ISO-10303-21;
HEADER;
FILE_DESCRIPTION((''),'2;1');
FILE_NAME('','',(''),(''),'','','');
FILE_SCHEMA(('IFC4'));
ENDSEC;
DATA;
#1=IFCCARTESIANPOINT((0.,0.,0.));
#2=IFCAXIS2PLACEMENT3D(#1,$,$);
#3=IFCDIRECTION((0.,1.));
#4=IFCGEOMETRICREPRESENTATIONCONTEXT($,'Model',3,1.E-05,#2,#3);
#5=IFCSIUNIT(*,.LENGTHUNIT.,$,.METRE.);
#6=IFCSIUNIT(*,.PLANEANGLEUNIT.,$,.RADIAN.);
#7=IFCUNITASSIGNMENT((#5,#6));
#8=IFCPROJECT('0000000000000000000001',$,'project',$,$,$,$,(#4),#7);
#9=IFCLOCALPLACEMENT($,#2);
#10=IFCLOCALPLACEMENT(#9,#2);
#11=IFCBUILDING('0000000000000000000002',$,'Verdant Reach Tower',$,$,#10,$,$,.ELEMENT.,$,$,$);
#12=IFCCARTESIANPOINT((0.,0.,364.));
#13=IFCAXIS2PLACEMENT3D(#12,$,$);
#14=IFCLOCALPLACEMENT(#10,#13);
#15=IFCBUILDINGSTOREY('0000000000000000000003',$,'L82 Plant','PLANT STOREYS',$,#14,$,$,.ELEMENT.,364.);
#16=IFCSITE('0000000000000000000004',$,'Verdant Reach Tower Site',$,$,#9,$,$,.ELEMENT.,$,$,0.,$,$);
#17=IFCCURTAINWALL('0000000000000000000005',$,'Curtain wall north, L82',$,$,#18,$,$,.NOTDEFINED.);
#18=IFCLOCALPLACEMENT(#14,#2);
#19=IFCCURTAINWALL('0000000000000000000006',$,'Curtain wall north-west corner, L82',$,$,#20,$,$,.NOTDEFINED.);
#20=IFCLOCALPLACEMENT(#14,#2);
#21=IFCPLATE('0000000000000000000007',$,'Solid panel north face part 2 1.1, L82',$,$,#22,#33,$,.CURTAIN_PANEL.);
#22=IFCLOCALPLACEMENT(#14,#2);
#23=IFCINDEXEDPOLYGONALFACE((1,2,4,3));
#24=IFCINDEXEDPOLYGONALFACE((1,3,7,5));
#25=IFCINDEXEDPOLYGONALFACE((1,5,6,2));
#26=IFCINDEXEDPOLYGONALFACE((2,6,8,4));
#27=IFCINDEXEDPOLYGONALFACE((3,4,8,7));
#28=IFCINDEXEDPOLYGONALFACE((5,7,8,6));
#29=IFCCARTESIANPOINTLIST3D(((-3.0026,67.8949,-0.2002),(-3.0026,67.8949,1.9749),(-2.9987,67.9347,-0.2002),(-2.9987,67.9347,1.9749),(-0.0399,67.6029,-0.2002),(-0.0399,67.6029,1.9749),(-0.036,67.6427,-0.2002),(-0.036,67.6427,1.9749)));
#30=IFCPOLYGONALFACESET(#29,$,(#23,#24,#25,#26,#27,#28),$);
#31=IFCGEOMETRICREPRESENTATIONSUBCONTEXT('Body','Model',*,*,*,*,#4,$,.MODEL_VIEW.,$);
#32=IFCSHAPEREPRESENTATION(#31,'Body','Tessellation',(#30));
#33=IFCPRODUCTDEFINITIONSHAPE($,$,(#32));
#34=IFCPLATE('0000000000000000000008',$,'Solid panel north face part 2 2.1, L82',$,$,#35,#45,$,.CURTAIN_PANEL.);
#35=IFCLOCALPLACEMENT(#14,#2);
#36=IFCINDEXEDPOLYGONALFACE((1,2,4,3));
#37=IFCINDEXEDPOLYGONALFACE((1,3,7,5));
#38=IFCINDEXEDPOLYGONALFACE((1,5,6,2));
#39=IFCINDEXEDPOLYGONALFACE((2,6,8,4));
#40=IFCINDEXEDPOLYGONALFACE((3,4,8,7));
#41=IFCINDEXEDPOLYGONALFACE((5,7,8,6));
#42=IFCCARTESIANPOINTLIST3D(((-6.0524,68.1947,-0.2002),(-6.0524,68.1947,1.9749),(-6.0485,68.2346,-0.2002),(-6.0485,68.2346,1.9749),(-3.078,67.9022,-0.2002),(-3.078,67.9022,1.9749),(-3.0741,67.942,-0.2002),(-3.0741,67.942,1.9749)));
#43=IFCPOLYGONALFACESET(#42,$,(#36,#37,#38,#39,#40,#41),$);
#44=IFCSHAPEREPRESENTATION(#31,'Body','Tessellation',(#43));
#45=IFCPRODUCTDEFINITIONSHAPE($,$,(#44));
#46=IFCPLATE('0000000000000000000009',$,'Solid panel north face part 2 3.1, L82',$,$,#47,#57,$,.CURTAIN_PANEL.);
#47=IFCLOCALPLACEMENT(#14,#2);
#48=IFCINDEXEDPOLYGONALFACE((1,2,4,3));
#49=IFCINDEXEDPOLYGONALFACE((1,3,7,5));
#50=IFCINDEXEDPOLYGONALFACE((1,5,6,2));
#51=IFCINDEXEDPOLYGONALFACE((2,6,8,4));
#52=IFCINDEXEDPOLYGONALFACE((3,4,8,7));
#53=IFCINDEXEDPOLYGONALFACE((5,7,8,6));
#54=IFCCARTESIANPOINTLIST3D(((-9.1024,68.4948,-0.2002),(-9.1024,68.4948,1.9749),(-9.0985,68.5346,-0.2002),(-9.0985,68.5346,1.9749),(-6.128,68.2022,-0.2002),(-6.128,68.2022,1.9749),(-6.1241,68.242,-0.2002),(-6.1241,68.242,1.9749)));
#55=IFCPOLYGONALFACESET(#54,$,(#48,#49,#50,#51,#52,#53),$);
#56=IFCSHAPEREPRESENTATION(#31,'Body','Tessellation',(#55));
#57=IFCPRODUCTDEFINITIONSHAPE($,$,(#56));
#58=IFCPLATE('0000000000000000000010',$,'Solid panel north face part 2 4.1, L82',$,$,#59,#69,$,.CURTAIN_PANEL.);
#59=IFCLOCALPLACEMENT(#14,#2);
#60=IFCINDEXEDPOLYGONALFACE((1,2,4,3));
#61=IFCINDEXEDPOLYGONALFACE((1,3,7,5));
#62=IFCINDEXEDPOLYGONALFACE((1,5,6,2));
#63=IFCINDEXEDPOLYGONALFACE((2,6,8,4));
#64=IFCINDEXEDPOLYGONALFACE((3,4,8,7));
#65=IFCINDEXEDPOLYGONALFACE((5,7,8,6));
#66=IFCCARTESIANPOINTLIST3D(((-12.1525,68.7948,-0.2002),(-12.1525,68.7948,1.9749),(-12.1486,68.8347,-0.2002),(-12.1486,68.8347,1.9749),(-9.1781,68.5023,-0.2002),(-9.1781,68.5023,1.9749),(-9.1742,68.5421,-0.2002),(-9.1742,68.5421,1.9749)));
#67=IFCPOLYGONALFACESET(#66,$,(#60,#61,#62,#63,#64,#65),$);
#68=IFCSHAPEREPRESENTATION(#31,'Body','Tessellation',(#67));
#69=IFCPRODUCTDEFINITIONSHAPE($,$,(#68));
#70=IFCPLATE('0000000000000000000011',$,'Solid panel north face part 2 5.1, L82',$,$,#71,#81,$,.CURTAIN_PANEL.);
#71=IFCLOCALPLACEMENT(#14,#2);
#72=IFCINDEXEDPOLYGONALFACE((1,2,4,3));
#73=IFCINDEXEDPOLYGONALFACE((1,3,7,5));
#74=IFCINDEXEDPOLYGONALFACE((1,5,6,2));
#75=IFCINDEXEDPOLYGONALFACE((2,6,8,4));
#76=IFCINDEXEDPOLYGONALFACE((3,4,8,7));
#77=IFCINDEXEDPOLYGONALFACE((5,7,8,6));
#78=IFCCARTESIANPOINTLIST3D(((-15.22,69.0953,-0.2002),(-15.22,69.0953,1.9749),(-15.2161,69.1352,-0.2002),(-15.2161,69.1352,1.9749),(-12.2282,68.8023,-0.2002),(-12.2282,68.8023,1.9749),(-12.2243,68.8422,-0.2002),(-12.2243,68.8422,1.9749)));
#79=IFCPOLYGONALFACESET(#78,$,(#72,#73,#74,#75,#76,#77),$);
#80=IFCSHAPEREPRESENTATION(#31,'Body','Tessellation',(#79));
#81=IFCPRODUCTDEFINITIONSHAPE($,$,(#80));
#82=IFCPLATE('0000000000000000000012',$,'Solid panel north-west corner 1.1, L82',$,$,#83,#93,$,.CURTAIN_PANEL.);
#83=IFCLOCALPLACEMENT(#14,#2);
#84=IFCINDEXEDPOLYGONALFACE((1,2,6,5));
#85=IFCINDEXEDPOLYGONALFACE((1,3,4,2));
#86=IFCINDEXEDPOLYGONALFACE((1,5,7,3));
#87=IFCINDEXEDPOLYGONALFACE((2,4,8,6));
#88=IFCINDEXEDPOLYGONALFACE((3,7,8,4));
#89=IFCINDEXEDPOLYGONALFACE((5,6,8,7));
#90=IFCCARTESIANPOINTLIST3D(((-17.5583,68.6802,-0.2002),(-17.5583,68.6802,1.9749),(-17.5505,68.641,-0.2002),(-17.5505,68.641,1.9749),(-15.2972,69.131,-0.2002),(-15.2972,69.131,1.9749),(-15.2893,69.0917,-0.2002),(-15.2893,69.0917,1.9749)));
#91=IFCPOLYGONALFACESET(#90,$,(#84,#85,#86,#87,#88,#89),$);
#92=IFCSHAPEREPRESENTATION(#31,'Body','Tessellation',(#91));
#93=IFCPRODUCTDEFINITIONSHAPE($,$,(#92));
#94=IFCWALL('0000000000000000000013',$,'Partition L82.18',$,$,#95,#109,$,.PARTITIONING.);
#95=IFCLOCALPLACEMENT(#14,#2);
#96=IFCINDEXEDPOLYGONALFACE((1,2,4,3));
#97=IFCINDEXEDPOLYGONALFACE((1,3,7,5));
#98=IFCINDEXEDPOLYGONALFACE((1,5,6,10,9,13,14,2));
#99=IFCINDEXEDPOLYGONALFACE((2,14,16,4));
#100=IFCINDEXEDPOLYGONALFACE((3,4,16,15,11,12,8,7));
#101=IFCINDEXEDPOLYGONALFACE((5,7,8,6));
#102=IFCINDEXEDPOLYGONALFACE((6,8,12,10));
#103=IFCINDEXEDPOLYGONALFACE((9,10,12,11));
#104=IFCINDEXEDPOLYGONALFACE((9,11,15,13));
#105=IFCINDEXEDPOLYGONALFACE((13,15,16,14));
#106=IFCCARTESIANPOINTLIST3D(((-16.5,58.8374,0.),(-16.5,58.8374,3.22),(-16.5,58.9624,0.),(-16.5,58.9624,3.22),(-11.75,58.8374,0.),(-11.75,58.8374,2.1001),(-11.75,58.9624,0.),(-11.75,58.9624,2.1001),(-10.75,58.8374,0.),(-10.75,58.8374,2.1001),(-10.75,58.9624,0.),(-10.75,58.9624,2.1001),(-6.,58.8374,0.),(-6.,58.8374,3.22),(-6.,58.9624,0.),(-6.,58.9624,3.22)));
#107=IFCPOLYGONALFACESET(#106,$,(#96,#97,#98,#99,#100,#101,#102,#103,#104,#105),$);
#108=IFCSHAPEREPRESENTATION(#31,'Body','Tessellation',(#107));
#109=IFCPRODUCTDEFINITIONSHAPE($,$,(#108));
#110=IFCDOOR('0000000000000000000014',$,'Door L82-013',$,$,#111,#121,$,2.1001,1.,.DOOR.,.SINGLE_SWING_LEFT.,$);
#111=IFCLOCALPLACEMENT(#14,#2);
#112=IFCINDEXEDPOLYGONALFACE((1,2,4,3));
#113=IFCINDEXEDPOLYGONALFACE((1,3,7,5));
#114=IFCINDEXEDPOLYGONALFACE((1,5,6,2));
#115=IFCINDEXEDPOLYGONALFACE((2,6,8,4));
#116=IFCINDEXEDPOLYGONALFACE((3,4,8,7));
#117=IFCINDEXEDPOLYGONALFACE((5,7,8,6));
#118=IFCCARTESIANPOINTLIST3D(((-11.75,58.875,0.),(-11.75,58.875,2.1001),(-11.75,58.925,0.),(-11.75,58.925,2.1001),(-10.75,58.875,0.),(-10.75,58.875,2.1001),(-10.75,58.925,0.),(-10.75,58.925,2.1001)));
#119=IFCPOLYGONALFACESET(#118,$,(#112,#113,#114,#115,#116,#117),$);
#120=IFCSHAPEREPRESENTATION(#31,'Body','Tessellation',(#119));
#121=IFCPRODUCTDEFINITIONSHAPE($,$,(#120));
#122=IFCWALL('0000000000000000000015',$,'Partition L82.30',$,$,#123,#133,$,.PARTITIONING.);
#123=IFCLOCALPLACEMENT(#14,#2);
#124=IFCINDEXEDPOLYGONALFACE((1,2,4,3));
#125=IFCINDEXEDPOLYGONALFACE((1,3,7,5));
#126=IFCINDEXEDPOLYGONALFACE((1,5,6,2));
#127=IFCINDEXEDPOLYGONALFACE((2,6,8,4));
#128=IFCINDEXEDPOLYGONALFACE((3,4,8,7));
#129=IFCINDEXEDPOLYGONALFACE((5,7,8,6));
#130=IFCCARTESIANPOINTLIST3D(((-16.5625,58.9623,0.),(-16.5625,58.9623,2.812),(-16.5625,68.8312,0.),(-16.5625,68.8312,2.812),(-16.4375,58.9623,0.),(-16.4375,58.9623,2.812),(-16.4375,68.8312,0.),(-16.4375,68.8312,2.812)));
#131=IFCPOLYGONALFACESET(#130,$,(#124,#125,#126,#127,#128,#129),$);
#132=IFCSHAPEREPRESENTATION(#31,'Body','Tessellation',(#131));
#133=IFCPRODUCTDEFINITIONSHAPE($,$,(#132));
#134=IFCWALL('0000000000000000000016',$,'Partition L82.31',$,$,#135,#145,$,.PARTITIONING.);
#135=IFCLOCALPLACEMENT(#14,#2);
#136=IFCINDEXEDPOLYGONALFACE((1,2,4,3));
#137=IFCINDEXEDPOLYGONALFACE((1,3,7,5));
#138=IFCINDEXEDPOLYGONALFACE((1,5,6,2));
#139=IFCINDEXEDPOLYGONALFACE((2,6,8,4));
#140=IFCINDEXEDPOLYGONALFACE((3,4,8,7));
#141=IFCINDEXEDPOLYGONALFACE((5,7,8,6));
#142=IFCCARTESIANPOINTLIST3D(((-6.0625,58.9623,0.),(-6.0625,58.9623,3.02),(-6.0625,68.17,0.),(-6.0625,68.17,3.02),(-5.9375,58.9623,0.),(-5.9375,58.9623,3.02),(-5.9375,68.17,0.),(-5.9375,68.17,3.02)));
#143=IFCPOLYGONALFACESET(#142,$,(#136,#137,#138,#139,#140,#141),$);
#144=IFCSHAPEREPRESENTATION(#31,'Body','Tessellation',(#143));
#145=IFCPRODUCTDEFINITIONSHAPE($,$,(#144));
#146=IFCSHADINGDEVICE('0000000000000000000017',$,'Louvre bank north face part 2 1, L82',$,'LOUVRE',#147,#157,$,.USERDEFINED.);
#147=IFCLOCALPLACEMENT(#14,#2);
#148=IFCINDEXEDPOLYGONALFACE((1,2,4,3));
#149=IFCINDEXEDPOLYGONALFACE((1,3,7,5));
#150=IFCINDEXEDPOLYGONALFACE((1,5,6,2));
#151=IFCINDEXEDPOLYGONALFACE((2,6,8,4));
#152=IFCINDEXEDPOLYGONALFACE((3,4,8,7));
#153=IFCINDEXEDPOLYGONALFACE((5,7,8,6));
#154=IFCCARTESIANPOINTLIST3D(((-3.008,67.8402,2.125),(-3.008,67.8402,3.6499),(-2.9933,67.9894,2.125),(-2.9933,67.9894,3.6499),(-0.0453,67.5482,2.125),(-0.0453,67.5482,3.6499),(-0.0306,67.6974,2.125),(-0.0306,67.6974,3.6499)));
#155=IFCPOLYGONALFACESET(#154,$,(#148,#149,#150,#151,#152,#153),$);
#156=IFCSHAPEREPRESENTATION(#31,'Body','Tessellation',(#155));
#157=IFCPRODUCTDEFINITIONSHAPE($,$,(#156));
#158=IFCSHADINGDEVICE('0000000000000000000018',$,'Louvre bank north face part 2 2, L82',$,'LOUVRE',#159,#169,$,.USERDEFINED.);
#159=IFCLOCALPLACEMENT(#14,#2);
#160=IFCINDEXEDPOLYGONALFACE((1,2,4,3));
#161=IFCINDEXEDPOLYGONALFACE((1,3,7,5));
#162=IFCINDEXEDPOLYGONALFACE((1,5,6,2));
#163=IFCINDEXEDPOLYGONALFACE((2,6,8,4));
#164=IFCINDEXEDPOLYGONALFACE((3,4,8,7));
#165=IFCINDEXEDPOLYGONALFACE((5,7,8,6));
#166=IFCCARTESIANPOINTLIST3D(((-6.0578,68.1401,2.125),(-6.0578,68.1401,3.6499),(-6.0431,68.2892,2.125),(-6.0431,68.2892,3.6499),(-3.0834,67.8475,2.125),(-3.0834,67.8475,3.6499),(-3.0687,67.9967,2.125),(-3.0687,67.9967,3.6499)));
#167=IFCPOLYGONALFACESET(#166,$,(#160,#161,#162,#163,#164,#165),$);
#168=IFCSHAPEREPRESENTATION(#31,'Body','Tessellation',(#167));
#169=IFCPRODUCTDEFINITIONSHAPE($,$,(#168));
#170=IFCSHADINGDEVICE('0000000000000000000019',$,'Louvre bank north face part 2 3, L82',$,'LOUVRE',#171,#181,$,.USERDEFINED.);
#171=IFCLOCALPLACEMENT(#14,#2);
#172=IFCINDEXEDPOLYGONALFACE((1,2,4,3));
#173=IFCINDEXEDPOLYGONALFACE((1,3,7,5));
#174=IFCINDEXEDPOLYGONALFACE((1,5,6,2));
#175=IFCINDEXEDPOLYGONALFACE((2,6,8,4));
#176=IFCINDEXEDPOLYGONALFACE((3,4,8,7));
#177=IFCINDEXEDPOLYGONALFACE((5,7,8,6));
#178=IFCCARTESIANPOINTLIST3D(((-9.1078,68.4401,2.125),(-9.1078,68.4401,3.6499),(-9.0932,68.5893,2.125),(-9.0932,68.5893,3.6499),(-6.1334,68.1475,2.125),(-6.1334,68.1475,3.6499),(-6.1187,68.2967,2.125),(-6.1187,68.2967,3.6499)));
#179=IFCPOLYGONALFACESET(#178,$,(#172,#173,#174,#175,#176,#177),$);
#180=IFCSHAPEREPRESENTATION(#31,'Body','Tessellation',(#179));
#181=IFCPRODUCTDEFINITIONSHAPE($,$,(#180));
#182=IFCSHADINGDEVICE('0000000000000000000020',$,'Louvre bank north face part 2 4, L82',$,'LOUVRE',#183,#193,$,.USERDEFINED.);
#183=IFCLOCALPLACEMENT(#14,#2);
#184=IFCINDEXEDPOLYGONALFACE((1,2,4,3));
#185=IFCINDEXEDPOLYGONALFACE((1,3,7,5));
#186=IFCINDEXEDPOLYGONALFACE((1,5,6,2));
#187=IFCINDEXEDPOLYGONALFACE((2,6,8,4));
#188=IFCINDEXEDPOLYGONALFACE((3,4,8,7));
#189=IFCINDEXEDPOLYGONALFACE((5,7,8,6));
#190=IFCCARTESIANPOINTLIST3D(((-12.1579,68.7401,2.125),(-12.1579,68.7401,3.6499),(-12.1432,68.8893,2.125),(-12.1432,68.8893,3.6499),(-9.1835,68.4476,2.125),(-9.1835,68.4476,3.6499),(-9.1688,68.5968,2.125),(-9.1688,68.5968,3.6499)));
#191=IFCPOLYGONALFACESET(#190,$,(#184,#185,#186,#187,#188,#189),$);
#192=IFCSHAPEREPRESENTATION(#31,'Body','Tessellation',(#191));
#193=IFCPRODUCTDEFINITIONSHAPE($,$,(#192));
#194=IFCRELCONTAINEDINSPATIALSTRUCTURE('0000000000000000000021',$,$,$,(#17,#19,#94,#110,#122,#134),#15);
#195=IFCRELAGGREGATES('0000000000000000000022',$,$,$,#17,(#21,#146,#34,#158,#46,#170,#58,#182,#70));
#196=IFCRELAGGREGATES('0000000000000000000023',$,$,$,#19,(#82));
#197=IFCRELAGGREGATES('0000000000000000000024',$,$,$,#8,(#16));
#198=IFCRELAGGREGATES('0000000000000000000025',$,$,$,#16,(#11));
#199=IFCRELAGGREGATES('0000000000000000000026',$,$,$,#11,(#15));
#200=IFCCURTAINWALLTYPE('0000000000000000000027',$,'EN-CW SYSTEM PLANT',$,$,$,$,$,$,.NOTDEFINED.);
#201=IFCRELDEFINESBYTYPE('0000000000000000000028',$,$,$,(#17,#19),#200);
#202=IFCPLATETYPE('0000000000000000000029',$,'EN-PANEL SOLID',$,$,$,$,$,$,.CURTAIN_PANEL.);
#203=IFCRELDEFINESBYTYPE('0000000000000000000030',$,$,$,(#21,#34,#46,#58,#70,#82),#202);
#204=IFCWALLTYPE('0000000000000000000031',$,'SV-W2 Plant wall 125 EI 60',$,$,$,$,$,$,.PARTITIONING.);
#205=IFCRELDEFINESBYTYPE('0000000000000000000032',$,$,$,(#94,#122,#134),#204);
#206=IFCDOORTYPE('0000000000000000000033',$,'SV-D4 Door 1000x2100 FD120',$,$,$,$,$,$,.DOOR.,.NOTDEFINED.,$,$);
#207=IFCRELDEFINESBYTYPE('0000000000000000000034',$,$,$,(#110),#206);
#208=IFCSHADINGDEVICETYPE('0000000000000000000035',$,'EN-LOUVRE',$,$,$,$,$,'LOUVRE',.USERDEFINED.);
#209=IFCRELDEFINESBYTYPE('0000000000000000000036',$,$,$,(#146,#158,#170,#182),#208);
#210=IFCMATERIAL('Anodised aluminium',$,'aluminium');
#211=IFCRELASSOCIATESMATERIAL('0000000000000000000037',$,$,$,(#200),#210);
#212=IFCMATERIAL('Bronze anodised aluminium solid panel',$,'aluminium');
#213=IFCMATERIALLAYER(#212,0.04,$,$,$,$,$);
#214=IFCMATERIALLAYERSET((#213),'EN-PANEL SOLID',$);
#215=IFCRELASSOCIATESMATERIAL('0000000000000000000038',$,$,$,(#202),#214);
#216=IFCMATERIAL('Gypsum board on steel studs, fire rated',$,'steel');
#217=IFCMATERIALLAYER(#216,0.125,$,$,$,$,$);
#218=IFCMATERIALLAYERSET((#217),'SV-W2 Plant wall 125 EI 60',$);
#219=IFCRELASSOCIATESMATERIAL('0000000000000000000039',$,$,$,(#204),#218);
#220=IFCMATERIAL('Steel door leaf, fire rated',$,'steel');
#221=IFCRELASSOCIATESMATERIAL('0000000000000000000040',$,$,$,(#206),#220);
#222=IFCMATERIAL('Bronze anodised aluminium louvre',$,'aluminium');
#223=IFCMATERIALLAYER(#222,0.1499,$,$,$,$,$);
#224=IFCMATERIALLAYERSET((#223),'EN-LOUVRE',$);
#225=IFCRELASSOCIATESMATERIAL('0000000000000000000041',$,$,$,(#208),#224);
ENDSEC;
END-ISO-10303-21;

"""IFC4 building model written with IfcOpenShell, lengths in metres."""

from ifc_helpers import new_model, si_unit, direction, frame, frame_2d, origin, origin_2d, place, context, subcontext, project, spatial, rectangle, extrude, material, layer, layer_set, type_object, element, fill, aggregate, save


model = new_model("IFC4")

# Units and contexts
model_context = context("Model", 3, precision=1e-05, world=origin(), true_north=direction((0.0, 1.0)))
body_context = subcontext(model_context, "Body", "Model", "MODEL_VIEW")
ifc_project = project(units=[si_unit("LENGTHUNIT", "METRE"), si_unit("PLANEANGLEUNIT", "RADIAN")], contexts=[model_context])

# Site, building, storey
site_placement = place(None, origin())
site = spatial("IfcSite", under=ifc_project, at=site_placement, Name="Verdant Reach Tower Site", CompositionType="ELEMENT", RefElevation=0.0)
building_placement = place(site_placement, origin())
building = spatial("IfcBuilding", under=site, at=building_placement, Name="Verdant Reach Tower", CompositionType="ELEMENT")
storey_placement = place(building_placement, frame((0.0, 0.0, 364.0)))
storey = spatial("IfcBuildingStorey", under=building, at=storey_placement, Name="L82 Plant", Description="PLANT STOREYS", CompositionType="ELEMENT", Elevation=364.0)

# Curtain wall
ifc_material_1 = material(Name="Anodised aluminium", Category="aluminium")
curtain_wall_type = type_object("IfcCurtainWallType", Name="EN-CW SYSTEM PLANT", PredefinedType="NOTDEFINED", material=ifc_material_1)
curtain_wall_1_placement = place(storey_placement, origin())
curtain_wall_1 = element("IfcCurtainWall", 1, at=curtain_wall_1_placement, inside=storey, type_object=curtain_wall_type, Name="Curtain wall north, L82", PredefinedType="NOTDEFINED")

# Curtain wall
curtain_wall_2_placement = place(storey_placement, origin())
curtain_wall_2 = element("IfcCurtainWall", 2, at=curtain_wall_2_placement, inside=storey, type_object=curtain_wall_type, Name="Curtain wall north-west corner, L82", PredefinedType="NOTDEFINED")

# Plates
ifc_material_2 = material(Name="Bronze anodised aluminium solid panel", Category="aluminium")
ifc_layer_1 = layer(ifc_material_2, 0.04)
ifc_layer_set_1 = layer_set([ifc_layer_1], Name="EN-PANEL SOLID")
plate_type = type_object("IfcPlateType", Name="EN-PANEL SOLID", PredefinedType="CURTAIN_PANEL", material=ifc_layer_set_1)
plate_1_placement = place(storey_placement, frame((-1.5193, 67.7688, -0.2002), z_axis=(0.0, 0.0, 1.0), x_axis=(-0.995179, 0.098075, 0.0)))
plate_1 = element("IfcPlate", 3, at=plate_1_placement, type_object=plate_type, Name="Solid panel north face part 2 1.1, L82", PredefinedType="CURTAIN_PANEL", context=body_context, shape_type="SweptSolid", body=[
    extrude(rectangle(XDim=2.9771, YDim=0.04, at=origin_2d()), origin(), (0.0, 0.0, 1.0), 2.175),
])
plate_2_placement = place(storey_placement, frame((-4.5632, 68.0684, -0.2002), z_axis=(0.0, 0.0, 1.0), x_axis=(-0.995197, 0.097888, 0.0)))
plate_2 = element("IfcPlate", 4, at=plate_2_placement, type_object=plate_type, Name="Solid panel north face part 2 2.1, L82", PredefinedType="CURTAIN_PANEL", context=body_context, shape_type="SweptSolid", body=[
    extrude(rectangle(XDim=2.9888, YDim=0.04, at=origin_2d()), origin(), (0.0, 0.0, 1.0), 2.175),
])
plate_3_placement = place(storey_placement, frame((-7.6133, 68.3684, -0.2002), z_axis=(0.0, 0.0, 1.0), x_axis=(-0.995197, 0.097888, 0.0)))
plate_3 = element("IfcPlate", 5, at=plate_3_placement, type_object=plate_type, Name="Solid panel north face part 2 3.1, L82", PredefinedType="CURTAIN_PANEL", context=body_context, shape_type="SweptSolid", body=[
    extrude(rectangle(XDim=2.9888, YDim=0.04, at=origin_2d()), origin(), (0.0, 0.0, 1.0), 2.175),
])
plate_4_placement = place(storey_placement, frame((-10.6633, 68.6685, -0.2002), z_axis=(0.0, 0.0, 1.0), x_axis=(-0.995197, 0.097888, 0.0)))
plate_4 = element("IfcPlate", 6, at=plate_4_placement, type_object=plate_type, Name="Solid panel north face part 2 4.1, L82", PredefinedType="CURTAIN_PANEL", context=body_context, shape_type="SweptSolid", body=[
    extrude(rectangle(XDim=2.9888, YDim=0.04, at=origin_2d()), origin(), (0.0, 0.0, 1.0), 2.175),
])
plate_5_placement = place(storey_placement, frame((-13.7222, 68.9688, -0.2002), z_axis=(0.0, 0.0, 1.0), x_axis=(-0.995238, 0.097473, 0.0)))
plate_5 = element("IfcPlate", 7, at=plate_5_placement, type_object=plate_type, Name="Solid panel north face part 2 5.1, L82", PredefinedType="CURTAIN_PANEL", context=body_context, shape_type="SweptSolid", body=[
    extrude(rectangle(XDim=3.0061, YDim=0.04, at=origin_2d()), origin(), (0.0, 0.0, 1.0), 2.175),
])
plate_6_placement = place(storey_placement, frame((-16.4238, 68.886, -0.2002), z_axis=(0.0, 0.0, 1.0), x_axis=(-0.980705, -0.195493, 0.0)))
plate_6 = element("IfcPlate", 8, at=plate_6_placement, type_object=plate_type, Name="Solid panel north-west corner 1.1, L82", PredefinedType="CURTAIN_PANEL", context=body_context, shape_type="SweptSolid", body=[
    extrude(rectangle(XDim=2.3057, YDim=0.04, at=origin_2d()), origin(), (0.0, 0.0, 1.0), 2.175),
])

# Wall, opening, door
ifc_material_3 = material(Name="Gypsum board on steel studs, fire rated", Category="steel")
ifc_layer_2 = layer(ifc_material_3, 0.125)
ifc_layer_set_2 = layer_set([ifc_layer_2], Name="SV-W2 Plant wall 125 EI 60")
wall_type = type_object("IfcWallType", Name="SV-W2 Plant wall 125 EI 60", PredefinedType="PARTITIONING", material=ifc_layer_set_2)
wall_1_placement = place(storey_placement, frame((-6.0, 58.8999, 0.0), z_axis=(0.0, 0.0, 1.0), x_axis=(-1.0, 0.0, 0.0)))
wall_1 = element("IfcWall", 9, at=wall_1_placement, inside=storey, type_object=wall_type, Name="Partition L82.18", PredefinedType="PARTITIONING", context=body_context, shape_type="SweptSolid", body=[
    extrude(rectangle(XDim=10.5, YDim=0.125, at=frame_2d((5.25, 0.0))), origin(), (0.0, 0.0, 1.0), 3.22),
])
opening_placement = place(wall_1_placement, frame((4.75, 0.0, 0.0)))
opening = element("IfcOpeningElement", 10, at=opening_placement, cuts=wall_1, PredefinedType="OPENING", context=body_context, shape_type="SweptSolid", body=[
    extrude(rectangle(XDim=1.0, YDim=2.1001, at=frame_2d((0.5, 1.05))), frame((0.0, 0.0725, 0.0), z_axis=(0.0, -1.0, 0.0), x_axis=(1.0, 0.0, 0.0)), (0.0, 0.0, 1.0), 0.145),
])
ifc_material_4 = material(Name="Steel door leaf, fire rated", Category="steel")
door_type = type_object("IfcDoorType", Name="SV-D4 Door 1000x2100 FD120", OperationType="NOTDEFINED", PredefinedType="DOOR", material=ifc_material_4)
door_placement = place(opening_placement, origin())
door = element("IfcDoor", 11, at=door_placement, inside=storey, type_object=door_type, Name="Door L82-013", OperationType="SINGLE_SWING_LEFT", OverallHeight=2.1001, OverallWidth=1.0, PredefinedType="DOOR", context=body_context, shape_type="SweptSolid", body=[
    extrude(rectangle(XDim=1.0, YDim=2.1001, at=frame_2d((0.5, 1.05))), frame((0.0, 0.0249, 0.0), z_axis=(0.0, -1.0, 0.0), x_axis=(1.0, 0.0, 0.0)), (0.0, 0.0, 1.0), 0.05),
])
fill(opening, door)

# Walls
wall_2_placement = place(storey_placement, frame((-16.5, 68.8313, 0.0), z_axis=(0.0, 0.0, 1.0), x_axis=(0.0, -1.0, 0.0)))
element("IfcWall", 12, at=wall_2_placement, inside=storey, type_object=wall_type, Name="Partition L82.30", PredefinedType="PARTITIONING", context=body_context, shape_type="SweptSolid", body=[
    extrude(rectangle(XDim=9.8689, YDim=0.125, at=frame_2d((4.9346, 0.0))), origin(), (0.0, 0.0, 1.0), 2.812),
])
wall_3_placement = place(storey_placement, frame((-6.0, 68.1702, 0.0), z_axis=(0.0, 0.0, 1.0), x_axis=(0.0, -1.0, 0.0)))
element("IfcWall", 13, at=wall_3_placement, inside=storey, type_object=wall_type, Name="Partition L82.31", PredefinedType="PARTITIONING", context=body_context, shape_type="SweptSolid", body=[
    extrude(rectangle(XDim=9.2078, YDim=0.125, at=frame_2d((4.604, 0.0))), origin(), (0.0, 0.0, 1.0), 3.02),
])

# Shading devices
ifc_material_5 = material(Name="Bronze anodised aluminium louvre", Category="aluminium")
ifc_layer_3 = layer(ifc_material_5, 0.1499)
ifc_layer_set_3 = layer_set([ifc_layer_3], Name="EN-LOUVRE")
shading_device_type = type_object("IfcShadingDeviceType", Name="EN-LOUVRE", ElementType="LOUVRE", PredefinedType="USERDEFINED", material=ifc_layer_set_3)
shading_device_1_placement = place(storey_placement, frame((-1.5193, 67.7688, 2.125), z_axis=(0.0, 0.0, 1.0), x_axis=(-0.995179, 0.098075, 0.0)))
shading_device_1 = element("IfcShadingDevice", 14, at=shading_device_1_placement, type_object=shading_device_type, Name="Louvre bank north face part 2 1, L82", ObjectType="LOUVRE", PredefinedType="USERDEFINED", context=body_context, shape_type="SweptSolid", body=[
    extrude(rectangle(XDim=2.9771, YDim=0.1499, at=origin_2d()), origin(), (0.0, 0.0, 1.0), 1.5249),
])
shading_device_2_placement = place(storey_placement, frame((-4.5632, 68.0684, 2.125), z_axis=(0.0, 0.0, 1.0), x_axis=(-0.995197, 0.097888, 0.0)))
shading_device_2 = element("IfcShadingDevice", 15, at=shading_device_2_placement, type_object=shading_device_type, Name="Louvre bank north face part 2 2, L82", ObjectType="LOUVRE", PredefinedType="USERDEFINED", context=body_context, shape_type="SweptSolid", body=[
    extrude(rectangle(XDim=2.9888, YDim=0.1499, at=origin_2d()), origin(), (0.0, 0.0, 1.0), 1.5249),
])
shading_device_3_placement = place(storey_placement, frame((-7.6133, 68.3684, 2.125), z_axis=(0.0, 0.0, 1.0), x_axis=(-0.995197, 0.097888, 0.0)))
shading_device_3 = element("IfcShadingDevice", 16, at=shading_device_3_placement, type_object=shading_device_type, Name="Louvre bank north face part 2 3, L82", ObjectType="LOUVRE", PredefinedType="USERDEFINED", context=body_context, shape_type="SweptSolid", body=[
    extrude(rectangle(XDim=2.9888, YDim=0.1499, at=origin_2d()), origin(), (0.0, 0.0, 1.0), 1.5249),
])
shading_device_4_placement = place(storey_placement, frame((-10.6633, 68.6685, 2.125), z_axis=(0.0, 0.0, 1.0), x_axis=(-0.995197, 0.097888, 0.0)))
shading_device_4 = element("IfcShadingDevice", 17, at=shading_device_4_placement, type_object=shading_device_type, Name="Louvre bank north face part 2 4, L82", ObjectType="LOUVRE", PredefinedType="USERDEFINED", context=body_context, shape_type="SweptSolid", body=[
    extrude(rectangle(XDim=2.9888, YDim=0.1499, at=origin_2d()), origin(), (0.0, 0.0, 1.0), 1.5249),
])
aggregate(curtain_wall_1, [plate_1, shading_device_1, plate_2, shading_device_2, plate_3, shading_device_3, plate_4, shading_device_4, plate_5])
aggregate(curtain_wall_2, [plate_6])

save(model, "model.ifc")
